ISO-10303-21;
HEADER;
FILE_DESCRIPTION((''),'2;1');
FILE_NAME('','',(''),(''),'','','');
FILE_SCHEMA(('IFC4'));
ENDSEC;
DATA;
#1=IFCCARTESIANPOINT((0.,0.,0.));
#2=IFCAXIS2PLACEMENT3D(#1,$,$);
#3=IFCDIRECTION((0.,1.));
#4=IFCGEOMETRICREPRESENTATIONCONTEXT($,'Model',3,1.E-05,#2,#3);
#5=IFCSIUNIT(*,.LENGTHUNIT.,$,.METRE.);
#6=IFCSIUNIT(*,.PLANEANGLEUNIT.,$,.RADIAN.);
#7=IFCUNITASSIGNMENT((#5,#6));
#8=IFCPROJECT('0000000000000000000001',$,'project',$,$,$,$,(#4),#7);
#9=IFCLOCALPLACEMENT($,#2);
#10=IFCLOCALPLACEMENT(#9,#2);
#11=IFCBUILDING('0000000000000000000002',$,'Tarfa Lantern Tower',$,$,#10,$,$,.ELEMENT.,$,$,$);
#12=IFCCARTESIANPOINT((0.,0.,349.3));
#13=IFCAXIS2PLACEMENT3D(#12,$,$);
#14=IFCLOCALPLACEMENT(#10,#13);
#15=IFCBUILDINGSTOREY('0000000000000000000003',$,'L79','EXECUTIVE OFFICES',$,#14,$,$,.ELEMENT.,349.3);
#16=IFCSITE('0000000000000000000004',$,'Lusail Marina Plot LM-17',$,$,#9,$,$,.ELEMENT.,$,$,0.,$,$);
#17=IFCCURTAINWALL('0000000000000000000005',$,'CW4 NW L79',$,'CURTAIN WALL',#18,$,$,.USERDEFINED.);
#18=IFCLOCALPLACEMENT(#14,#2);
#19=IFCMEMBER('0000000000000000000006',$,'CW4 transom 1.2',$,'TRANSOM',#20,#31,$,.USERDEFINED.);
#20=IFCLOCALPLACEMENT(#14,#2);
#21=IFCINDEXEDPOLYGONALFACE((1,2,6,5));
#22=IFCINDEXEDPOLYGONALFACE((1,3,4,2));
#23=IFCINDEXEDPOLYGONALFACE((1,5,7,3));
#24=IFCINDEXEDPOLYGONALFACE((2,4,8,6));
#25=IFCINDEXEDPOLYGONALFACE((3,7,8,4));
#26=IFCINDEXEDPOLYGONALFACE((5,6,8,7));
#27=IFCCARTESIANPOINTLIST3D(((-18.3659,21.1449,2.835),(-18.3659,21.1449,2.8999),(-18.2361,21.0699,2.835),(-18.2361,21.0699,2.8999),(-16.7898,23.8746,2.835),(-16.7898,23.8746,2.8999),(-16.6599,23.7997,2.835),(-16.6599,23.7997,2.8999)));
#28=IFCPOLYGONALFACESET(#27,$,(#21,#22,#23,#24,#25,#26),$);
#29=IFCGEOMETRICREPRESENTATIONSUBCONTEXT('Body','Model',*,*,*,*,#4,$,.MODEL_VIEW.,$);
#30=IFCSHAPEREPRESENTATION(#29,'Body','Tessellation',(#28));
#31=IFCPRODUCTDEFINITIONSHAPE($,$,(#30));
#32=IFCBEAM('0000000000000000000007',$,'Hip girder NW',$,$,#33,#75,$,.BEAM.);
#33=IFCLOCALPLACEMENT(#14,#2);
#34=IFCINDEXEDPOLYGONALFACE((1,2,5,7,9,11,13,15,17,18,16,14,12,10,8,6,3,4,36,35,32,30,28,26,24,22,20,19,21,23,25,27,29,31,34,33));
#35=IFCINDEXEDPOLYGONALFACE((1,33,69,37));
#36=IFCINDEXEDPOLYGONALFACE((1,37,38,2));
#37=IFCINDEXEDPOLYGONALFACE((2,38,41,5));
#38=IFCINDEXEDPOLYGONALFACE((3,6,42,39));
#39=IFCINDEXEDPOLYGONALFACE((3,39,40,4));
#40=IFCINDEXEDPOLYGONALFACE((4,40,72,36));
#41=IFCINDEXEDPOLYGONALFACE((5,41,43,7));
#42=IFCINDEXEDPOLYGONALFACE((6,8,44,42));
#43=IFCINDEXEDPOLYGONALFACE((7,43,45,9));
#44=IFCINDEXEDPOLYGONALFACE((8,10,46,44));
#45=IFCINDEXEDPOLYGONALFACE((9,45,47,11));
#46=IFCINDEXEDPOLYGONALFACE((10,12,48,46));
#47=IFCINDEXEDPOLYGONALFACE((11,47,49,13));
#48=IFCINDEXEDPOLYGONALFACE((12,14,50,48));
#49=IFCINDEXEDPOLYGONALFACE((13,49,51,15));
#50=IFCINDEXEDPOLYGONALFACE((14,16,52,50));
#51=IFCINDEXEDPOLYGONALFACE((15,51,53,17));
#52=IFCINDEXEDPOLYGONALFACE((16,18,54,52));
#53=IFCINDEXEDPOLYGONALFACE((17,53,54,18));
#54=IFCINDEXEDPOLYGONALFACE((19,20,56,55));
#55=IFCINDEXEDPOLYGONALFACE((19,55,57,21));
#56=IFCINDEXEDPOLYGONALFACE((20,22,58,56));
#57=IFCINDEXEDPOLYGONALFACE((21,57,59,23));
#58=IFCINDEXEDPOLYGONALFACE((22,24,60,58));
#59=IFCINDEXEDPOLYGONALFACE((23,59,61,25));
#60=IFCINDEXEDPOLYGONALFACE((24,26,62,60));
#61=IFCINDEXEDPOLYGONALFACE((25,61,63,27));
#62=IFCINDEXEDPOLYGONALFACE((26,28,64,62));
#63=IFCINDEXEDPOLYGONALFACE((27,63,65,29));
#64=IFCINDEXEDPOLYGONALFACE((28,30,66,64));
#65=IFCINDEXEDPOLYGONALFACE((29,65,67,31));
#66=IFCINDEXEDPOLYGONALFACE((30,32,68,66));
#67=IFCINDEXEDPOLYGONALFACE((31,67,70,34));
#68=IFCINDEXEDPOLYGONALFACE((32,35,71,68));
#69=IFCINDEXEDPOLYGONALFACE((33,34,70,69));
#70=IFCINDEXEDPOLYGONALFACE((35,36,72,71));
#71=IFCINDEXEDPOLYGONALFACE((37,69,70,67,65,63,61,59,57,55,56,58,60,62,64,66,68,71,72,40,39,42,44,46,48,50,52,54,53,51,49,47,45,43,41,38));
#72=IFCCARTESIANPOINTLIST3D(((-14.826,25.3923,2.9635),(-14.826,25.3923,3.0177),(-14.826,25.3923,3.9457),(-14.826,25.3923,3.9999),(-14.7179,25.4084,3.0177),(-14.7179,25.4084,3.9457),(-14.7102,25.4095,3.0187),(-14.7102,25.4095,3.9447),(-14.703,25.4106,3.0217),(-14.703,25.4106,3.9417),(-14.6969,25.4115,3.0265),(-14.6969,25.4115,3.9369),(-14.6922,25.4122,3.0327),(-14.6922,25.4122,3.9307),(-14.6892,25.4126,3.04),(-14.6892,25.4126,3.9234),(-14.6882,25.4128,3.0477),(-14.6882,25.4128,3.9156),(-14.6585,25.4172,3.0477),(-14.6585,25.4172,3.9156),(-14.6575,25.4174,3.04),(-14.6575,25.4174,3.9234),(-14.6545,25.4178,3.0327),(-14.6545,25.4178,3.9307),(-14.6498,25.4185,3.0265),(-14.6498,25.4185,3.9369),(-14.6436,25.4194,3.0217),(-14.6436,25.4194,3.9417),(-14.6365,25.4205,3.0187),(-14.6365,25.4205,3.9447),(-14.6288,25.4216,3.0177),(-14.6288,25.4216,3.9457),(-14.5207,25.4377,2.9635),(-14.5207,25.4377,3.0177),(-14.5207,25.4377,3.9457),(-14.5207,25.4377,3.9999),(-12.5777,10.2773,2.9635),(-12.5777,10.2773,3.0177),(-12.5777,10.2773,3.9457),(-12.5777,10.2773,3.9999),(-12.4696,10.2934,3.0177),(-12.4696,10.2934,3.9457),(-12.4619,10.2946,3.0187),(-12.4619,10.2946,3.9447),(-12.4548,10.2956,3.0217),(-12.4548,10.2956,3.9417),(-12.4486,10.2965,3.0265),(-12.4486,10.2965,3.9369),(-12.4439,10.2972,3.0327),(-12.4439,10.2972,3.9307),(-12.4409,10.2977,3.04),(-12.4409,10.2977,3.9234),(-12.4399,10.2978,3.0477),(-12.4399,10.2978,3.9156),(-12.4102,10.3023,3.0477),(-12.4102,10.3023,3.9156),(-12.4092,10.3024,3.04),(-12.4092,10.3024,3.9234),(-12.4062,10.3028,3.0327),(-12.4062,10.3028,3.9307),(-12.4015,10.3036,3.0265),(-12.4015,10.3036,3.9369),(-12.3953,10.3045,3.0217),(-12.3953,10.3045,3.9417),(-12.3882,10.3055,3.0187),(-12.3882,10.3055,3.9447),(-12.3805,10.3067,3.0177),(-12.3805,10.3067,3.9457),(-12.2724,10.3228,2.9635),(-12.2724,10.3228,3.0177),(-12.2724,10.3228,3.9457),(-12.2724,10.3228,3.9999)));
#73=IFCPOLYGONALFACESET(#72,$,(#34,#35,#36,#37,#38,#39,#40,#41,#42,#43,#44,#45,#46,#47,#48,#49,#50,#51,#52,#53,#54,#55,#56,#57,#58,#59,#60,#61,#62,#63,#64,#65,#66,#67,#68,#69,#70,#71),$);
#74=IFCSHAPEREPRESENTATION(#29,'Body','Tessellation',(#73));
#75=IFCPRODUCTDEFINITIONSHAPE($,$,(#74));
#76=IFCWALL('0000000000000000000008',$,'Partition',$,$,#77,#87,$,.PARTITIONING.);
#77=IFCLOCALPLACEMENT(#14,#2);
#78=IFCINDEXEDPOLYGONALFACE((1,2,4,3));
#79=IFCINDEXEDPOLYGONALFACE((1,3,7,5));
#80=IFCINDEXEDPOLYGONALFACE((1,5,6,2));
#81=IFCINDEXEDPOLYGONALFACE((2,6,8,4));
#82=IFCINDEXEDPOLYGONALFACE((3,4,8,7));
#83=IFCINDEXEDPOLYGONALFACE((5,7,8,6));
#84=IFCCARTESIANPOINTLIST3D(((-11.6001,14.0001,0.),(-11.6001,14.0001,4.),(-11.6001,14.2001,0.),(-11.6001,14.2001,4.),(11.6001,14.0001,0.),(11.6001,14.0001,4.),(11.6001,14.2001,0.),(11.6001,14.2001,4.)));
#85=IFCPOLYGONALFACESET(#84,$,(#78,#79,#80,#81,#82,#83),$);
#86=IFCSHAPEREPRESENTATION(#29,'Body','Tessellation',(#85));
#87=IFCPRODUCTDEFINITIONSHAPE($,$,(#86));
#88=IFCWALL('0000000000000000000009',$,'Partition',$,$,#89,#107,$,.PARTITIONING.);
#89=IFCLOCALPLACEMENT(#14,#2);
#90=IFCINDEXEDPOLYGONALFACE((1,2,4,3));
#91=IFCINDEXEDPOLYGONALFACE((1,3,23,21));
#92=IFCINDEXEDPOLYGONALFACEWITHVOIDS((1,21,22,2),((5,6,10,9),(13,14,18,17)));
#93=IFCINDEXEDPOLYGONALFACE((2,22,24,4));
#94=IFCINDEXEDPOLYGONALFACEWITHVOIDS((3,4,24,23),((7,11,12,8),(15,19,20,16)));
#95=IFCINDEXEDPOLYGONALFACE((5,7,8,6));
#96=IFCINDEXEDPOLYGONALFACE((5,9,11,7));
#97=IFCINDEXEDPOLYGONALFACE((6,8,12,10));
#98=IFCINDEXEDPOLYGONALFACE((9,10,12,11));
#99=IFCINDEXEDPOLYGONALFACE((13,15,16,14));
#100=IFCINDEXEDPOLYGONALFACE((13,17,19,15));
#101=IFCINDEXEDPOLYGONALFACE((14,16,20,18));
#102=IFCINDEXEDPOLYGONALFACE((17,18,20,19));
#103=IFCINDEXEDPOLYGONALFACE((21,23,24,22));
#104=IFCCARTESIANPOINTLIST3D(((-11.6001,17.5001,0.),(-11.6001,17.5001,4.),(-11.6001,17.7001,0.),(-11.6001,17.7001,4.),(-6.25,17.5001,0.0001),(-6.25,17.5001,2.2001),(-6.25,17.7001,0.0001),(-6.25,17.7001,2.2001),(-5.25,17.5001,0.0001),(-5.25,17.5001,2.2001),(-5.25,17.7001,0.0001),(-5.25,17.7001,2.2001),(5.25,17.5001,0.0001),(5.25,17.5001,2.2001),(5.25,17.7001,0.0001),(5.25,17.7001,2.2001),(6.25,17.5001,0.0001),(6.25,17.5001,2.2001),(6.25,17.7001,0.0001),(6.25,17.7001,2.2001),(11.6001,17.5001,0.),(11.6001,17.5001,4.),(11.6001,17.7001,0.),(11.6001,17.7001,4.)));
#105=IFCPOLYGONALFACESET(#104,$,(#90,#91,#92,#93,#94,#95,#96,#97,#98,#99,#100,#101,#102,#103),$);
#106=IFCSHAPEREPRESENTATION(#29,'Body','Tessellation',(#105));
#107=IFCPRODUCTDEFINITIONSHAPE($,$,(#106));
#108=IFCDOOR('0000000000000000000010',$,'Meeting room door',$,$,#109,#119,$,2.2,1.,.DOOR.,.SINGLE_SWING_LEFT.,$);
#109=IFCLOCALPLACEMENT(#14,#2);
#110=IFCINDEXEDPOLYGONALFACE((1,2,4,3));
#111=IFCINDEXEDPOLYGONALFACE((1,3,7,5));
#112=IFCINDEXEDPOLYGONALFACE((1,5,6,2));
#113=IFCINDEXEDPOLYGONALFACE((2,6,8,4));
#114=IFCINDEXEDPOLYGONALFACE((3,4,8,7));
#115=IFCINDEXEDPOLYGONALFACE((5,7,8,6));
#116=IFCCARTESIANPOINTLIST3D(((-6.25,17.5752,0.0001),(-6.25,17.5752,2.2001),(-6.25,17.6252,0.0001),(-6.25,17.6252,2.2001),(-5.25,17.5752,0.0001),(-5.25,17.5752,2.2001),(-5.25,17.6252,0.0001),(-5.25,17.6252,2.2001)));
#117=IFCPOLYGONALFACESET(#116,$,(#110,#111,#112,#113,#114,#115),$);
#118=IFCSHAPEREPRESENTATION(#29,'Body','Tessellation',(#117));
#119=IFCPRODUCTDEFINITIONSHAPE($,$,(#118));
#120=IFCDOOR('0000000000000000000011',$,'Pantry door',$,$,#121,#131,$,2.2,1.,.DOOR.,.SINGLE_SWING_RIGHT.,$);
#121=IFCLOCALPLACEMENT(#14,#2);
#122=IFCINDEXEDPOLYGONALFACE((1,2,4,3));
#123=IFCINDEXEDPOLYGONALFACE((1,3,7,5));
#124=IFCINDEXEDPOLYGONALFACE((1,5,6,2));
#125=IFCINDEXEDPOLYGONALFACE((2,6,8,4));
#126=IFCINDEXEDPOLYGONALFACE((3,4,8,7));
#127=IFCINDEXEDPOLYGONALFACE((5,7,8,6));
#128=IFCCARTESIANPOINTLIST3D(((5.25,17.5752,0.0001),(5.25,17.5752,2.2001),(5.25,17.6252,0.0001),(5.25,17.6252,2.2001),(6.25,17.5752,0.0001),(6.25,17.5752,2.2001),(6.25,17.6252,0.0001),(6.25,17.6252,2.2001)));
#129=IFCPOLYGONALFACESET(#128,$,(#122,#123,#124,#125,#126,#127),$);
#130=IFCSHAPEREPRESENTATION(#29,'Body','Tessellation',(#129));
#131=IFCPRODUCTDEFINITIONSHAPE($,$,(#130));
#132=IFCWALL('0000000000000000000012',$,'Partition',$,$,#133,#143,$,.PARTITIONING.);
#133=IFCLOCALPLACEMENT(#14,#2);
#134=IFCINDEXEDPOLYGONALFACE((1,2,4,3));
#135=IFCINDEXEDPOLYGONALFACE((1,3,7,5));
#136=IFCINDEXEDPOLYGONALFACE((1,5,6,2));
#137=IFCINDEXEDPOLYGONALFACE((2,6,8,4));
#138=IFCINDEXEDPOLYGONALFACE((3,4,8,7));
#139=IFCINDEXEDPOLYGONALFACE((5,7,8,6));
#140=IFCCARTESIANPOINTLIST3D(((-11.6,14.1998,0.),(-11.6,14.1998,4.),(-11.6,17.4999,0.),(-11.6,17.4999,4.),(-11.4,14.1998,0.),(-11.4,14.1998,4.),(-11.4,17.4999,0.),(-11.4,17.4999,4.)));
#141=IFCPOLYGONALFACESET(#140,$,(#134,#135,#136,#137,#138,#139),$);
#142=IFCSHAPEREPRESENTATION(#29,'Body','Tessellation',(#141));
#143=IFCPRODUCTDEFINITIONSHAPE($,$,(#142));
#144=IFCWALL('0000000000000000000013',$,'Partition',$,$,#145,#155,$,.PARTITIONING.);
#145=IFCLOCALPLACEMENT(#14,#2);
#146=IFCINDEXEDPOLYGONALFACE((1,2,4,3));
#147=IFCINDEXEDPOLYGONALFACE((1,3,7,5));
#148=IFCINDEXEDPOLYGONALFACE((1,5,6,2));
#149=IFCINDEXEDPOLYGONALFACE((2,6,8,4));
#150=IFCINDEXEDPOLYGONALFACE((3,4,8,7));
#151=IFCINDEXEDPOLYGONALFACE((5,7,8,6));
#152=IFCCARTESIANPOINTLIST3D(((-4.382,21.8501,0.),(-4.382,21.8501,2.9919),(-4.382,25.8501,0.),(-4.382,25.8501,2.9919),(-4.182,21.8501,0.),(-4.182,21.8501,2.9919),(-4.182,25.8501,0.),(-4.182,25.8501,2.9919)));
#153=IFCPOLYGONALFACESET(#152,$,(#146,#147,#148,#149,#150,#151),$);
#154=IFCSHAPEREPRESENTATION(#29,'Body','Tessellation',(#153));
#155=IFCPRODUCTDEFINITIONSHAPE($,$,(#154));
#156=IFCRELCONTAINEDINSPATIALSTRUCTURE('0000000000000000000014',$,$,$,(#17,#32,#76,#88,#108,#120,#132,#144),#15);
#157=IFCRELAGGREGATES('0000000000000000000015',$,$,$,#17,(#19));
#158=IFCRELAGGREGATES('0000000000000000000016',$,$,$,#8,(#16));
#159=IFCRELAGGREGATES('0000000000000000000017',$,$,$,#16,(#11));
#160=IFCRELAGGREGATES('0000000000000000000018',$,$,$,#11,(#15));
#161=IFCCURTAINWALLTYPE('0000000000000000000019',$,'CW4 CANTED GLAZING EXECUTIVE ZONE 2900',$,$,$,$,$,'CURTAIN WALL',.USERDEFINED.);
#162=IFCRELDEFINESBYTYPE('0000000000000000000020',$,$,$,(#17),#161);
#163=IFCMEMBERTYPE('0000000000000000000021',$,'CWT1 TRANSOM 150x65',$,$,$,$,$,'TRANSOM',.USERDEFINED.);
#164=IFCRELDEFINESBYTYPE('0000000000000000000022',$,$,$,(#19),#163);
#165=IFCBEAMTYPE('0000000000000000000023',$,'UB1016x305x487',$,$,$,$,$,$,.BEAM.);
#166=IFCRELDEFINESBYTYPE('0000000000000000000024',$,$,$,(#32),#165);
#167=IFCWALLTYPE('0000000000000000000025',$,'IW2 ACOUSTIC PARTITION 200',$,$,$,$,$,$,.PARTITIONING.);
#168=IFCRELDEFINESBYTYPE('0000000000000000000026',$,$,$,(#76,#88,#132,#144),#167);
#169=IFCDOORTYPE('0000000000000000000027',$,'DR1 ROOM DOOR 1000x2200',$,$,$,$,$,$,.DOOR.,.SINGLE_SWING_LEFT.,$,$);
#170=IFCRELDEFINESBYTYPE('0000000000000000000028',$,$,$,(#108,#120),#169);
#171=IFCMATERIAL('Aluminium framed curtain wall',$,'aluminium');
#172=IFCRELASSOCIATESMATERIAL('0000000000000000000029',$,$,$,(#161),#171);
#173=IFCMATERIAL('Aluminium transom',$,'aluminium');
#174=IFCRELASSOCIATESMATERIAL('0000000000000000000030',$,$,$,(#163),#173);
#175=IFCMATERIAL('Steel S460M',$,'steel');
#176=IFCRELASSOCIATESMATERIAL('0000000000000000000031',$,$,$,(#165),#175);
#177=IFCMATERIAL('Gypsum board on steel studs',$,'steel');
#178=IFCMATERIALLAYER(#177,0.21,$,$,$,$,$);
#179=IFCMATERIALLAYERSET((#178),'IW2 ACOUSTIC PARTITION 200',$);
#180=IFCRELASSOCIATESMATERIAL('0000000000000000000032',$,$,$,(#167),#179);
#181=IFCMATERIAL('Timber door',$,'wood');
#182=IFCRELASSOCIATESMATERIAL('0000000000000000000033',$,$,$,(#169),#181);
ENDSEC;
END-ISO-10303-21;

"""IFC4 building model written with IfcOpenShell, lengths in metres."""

from ifc_helpers import new_model, si_unit, direction, frame, frame_2d, origin, origin_2d, place, context, subcontext, project, spatial, rectangle, i_section, extrude, material, layer, layer_set, material_profile, profile_set, type_object, element, fill, aggregate, save


model = new_model("IFC4")

# Units and contexts
model_context = context("Model", 3, precision=1e-05, world=origin(), true_north=direction((0.0, 1.0)))
body_context = subcontext(model_context, "Body", "Model", "MODEL_VIEW")
ifc_project = project(units=[si_unit("LENGTHUNIT", "METRE"), si_unit("PLANEANGLEUNIT", "RADIAN")], contexts=[model_context])

# Site, building, storey
site_placement = place(None, origin())
site = spatial("IfcSite", under=ifc_project, at=site_placement, Name="Lusail Marina Plot LM-17", CompositionType="ELEMENT", RefElevation=0.0)
building_placement = place(site_placement, origin())
building = spatial("IfcBuilding", under=site, at=building_placement, Name="Tarfa Lantern Tower", CompositionType="ELEMENT")
storey_placement = place(building_placement, frame((0.0, 0.0, 349.3)))
storey = spatial("IfcBuildingStorey", under=building, at=storey_placement, Name="L79", Description="EXECUTIVE OFFICES", CompositionType="ELEMENT", Elevation=349.3)

# Curtain wall, member
ifc_material_1 = material(Name="Aluminium framed curtain wall", Category="aluminium")
curtain_wall_type = type_object("IfcCurtainWallType", Name="CW4 CANTED GLAZING EXECUTIVE ZONE 2900", ElementType="CURTAIN WALL", PredefinedType="USERDEFINED", material=ifc_material_1)
curtain_wall_placement = place(storey_placement, origin())
curtain_wall = element("IfcCurtainWall", 1, at=curtain_wall_placement, inside=storey, type_object=curtain_wall_type, Name="CW4 NW L79", ObjectType="CURTAIN WALL", PredefinedType="USERDEFINED")
ifc_material_2 = material(Name="Aluminium transom", Category="aluminium")
ifc_material_profile_1 = material_profile(ifc_material_2, rectangle(XDim=0.1499, YDim=0.0649, at=origin_2d()), Name="AL TRANSOM 150x65")
ifc_profile_set_1 = profile_set([ifc_material_profile_1], Name="Aluminium transom")
member_type = type_object("IfcMemberType", Name="CWT1 TRANSOM 150x65", ElementType="TRANSOM", PredefinedType="USERDEFINED", material=ifc_profile_set_1)
member_placement = place(storey_placement, frame((-16.7249, 23.8372, 2.8674), z_axis=(-0.500038, -0.866004, 0.0), x_axis=(0.866004, -0.500038, 0.0)))
member = element("IfcMember", 2, at=member_placement, type_object=member_type, Name="CW4 transom 1.2", ObjectType="TRANSOM", PredefinedType="USERDEFINED", context=body_context, shape_type="SweptSolid", body=[
    extrude(rectangle(XDim=0.1499, YDim=0.0649, at=origin_2d()), origin(), (0.0, 0.0, 1.0), 3.1521),
])
aggregate(curtain_wall, [member])

# Beam
ifc_material_3 = material(Name="Steel S460M", Category="steel")
ifc_material_profile_2 = material_profile(ifc_material_3, i_section(OverallWidth=0.3086, OverallDepth=1.0364, WebThickness=0.03, FlangeThickness=0.0542, FilletRadius=0.03, at=origin_2d()), Name="UB1016x305x487")
ifc_profile_set_2 = profile_set([ifc_material_profile_2], Name="Steel S460M")
beam_type = type_object("IfcBeamType", Name="UB1016x305x487", PredefinedType="BEAM", material=ifc_profile_set_2)
beam_placement = place(storey_placement, frame((-12.425, 10.3, 3.4817), z_axis=(-0.147127, 0.989118, 0.0), x_axis=(-0.989118, -0.147127, 0.0)))
element("IfcBeam", 3, at=beam_placement, inside=storey, type_object=beam_type, Name="Hip girder NW", PredefinedType="BEAM", context=body_context, shape_type="SweptSolid", body=[
    extrude(i_section(OverallWidth=0.3086, OverallDepth=1.0364, WebThickness=0.03, FlangeThickness=0.0542, FilletRadius=0.03, at=origin_2d()), origin(), (0.0, 0.0, 1.0), 15.2812),
])

# Wall
ifc_material_4 = material(Name="Gypsum board on steel studs", Category="steel")
ifc_layer_1 = layer(ifc_material_4, 0.21)
ifc_layer_set_1 = layer_set([ifc_layer_1], Name="IW2 ACOUSTIC PARTITION 200")
wall_type_1 = type_object("IfcWallType", Name="IW2 ACOUSTIC PARTITION 200", PredefinedType="PARTITIONING", material=ifc_layer_set_1)
wall_1_placement = place(storey_placement, frame((-11.6001, 14.1001, 0.0), z_axis=(0.0, 0.0, 1.0), x_axis=(1.0, 0.0, 0.0)))
element("IfcWall", 4, at=wall_1_placement, inside=storey, type_object=wall_type_1, Name="Partition", PredefinedType="PARTITIONING", context=body_context, shape_type="SweptSolid", body=[
    extrude(rectangle(XDim=23.2002, YDim=0.2, at=frame_2d((11.6001, 0.0))), origin(), (0.0, 0.0, 1.0), 4.0),
])

# Wall, openings, doors
wall_2_placement = place(storey_placement, frame((-11.6001, 17.6001, 0.0), z_axis=(0.0, 0.0, 1.0), x_axis=(1.0, 0.0, 0.0)))
wall_2 = element("IfcWall", 5, at=wall_2_placement, inside=storey, type_object=wall_type_1, Name="Partition", PredefinedType="PARTITIONING", context=body_context, shape_type="SweptSolid", body=[
    extrude(rectangle(XDim=23.2002, YDim=0.2, at=frame_2d((11.6001, 0.0))), origin(), (0.0, 0.0, 1.0), 4.0),
])
opening_1_placement = place(wall_2_placement, frame((5.3501, 0.0, 0.0)))
opening_1 = element("IfcOpeningElement", 6, at=opening_1_placement, cuts=wall_2, PredefinedType="OPENING", context=body_context, shape_type="SweptSolid", body=[
    extrude(rectangle(XDim=1.0, YDim=2.2, at=frame_2d((0.5, 1.1001))), frame((0.0, 0.1099, 0.0), z_axis=(0.0, -1.0, 0.0), x_axis=(1.0, 0.0, 0.0)), (0.0, 0.0, 1.0), 0.22),
])
opening_2_placement = place(wall_2_placement, frame((16.8501, 0.0, 0.0)))
opening_2 = element("IfcOpeningElement", 7, at=opening_2_placement, cuts=wall_2, PredefinedType="OPENING", context=body_context, shape_type="SweptSolid", body=[
    extrude(rectangle(XDim=1.0, YDim=2.2, at=frame_2d((0.5, 1.1001))), frame((0.0, 0.1099, 0.0), z_axis=(0.0, -1.0, 0.0), x_axis=(1.0, 0.0, 0.0)), (0.0, 0.0, 1.0), 0.22),
])
ifc_material_5 = material(Name="Timber door", Category="wood")
door_type_1 = type_object("IfcDoorType", Name="DR1 ROOM DOOR 1000x2200", OperationType="SINGLE_SWING_LEFT", PredefinedType="DOOR", material=ifc_material_5)
door_1_placement = place(opening_1_placement, frame((1.0, 0.0, 0.0), z_axis=(0.0, 0.0, 1.0), x_axis=(-1.0, 0.0, 0.0)))
door_1 = element("IfcDoor", 8, at=door_1_placement, inside=storey, type_object=door_type_1, Name="Meeting room door", OperationType="SINGLE_SWING_LEFT", OverallHeight=2.2, OverallWidth=1.0, PredefinedType="DOOR", context=body_context, shape_type="SweptSolid", body=[
    extrude(rectangle(XDim=1.0, YDim=2.2, at=frame_2d((0.5, 1.1001))), frame((0.0, 0.0249, 0.0), z_axis=(0.0, -1.0, 0.0), x_axis=(1.0, 0.0, 0.0)), (0.0, 0.0, 1.0), 0.05),
])
fill(opening_1, door_1)
door_2_placement = place(opening_2_placement, frame((1.0, 0.0, 0.0), z_axis=(0.0, 0.0, 1.0), x_axis=(-1.0, 0.0, 0.0)))
door_2 = element("IfcDoor", 9, at=door_2_placement, inside=storey, type_object=door_type_1, Name="Pantry door", OperationType="SINGLE_SWING_RIGHT", OverallHeight=2.2, OverallWidth=1.0, PredefinedType="DOOR", context=body_context, shape_type="SweptSolid", body=[
    extrude(rectangle(XDim=1.0, YDim=2.2, at=frame_2d((0.5, 1.1001))), frame((0.0, 0.0249, 0.0), z_axis=(0.0, -1.0, 0.0), x_axis=(1.0, 0.0, 0.0)), (0.0, 0.0, 1.0), 0.05),
])
fill(opening_2, door_2)

# Walls
wall_3_placement = place(storey_placement, frame((-11.5, 14.2, 0.0), z_axis=(0.0, 0.0, 1.0), x_axis=(0.0, 1.0, 0.0)))
element("IfcWall", 10, at=wall_3_placement, inside=storey, type_object=wall_type_1, Name="Partition", PredefinedType="PARTITIONING", context=body_context, shape_type="SweptSolid", body=[
    extrude(rectangle(XDim=3.3, YDim=0.2, at=frame_2d((1.6499, 0.0))), origin(), (0.0, 0.0, 1.0), 4.0),
])
wall_4_placement = place(storey_placement, frame((-4.282, 21.8501, 0.0), z_axis=(0.0, 0.0, 1.0), x_axis=(0.0, 1.0, 0.0)))
element("IfcWall", 11, at=wall_4_placement, inside=storey, type_object=wall_type_1, Name="Partition", PredefinedType="PARTITIONING", context=body_context, shape_type="SweptSolid", body=[
    extrude(rectangle(XDim=4.0, YDim=0.2, at=frame_2d((2.0, 0.0))), origin(), (0.0, 0.0, 1.0), 2.9919),
])

save(model, "model.ifc")
